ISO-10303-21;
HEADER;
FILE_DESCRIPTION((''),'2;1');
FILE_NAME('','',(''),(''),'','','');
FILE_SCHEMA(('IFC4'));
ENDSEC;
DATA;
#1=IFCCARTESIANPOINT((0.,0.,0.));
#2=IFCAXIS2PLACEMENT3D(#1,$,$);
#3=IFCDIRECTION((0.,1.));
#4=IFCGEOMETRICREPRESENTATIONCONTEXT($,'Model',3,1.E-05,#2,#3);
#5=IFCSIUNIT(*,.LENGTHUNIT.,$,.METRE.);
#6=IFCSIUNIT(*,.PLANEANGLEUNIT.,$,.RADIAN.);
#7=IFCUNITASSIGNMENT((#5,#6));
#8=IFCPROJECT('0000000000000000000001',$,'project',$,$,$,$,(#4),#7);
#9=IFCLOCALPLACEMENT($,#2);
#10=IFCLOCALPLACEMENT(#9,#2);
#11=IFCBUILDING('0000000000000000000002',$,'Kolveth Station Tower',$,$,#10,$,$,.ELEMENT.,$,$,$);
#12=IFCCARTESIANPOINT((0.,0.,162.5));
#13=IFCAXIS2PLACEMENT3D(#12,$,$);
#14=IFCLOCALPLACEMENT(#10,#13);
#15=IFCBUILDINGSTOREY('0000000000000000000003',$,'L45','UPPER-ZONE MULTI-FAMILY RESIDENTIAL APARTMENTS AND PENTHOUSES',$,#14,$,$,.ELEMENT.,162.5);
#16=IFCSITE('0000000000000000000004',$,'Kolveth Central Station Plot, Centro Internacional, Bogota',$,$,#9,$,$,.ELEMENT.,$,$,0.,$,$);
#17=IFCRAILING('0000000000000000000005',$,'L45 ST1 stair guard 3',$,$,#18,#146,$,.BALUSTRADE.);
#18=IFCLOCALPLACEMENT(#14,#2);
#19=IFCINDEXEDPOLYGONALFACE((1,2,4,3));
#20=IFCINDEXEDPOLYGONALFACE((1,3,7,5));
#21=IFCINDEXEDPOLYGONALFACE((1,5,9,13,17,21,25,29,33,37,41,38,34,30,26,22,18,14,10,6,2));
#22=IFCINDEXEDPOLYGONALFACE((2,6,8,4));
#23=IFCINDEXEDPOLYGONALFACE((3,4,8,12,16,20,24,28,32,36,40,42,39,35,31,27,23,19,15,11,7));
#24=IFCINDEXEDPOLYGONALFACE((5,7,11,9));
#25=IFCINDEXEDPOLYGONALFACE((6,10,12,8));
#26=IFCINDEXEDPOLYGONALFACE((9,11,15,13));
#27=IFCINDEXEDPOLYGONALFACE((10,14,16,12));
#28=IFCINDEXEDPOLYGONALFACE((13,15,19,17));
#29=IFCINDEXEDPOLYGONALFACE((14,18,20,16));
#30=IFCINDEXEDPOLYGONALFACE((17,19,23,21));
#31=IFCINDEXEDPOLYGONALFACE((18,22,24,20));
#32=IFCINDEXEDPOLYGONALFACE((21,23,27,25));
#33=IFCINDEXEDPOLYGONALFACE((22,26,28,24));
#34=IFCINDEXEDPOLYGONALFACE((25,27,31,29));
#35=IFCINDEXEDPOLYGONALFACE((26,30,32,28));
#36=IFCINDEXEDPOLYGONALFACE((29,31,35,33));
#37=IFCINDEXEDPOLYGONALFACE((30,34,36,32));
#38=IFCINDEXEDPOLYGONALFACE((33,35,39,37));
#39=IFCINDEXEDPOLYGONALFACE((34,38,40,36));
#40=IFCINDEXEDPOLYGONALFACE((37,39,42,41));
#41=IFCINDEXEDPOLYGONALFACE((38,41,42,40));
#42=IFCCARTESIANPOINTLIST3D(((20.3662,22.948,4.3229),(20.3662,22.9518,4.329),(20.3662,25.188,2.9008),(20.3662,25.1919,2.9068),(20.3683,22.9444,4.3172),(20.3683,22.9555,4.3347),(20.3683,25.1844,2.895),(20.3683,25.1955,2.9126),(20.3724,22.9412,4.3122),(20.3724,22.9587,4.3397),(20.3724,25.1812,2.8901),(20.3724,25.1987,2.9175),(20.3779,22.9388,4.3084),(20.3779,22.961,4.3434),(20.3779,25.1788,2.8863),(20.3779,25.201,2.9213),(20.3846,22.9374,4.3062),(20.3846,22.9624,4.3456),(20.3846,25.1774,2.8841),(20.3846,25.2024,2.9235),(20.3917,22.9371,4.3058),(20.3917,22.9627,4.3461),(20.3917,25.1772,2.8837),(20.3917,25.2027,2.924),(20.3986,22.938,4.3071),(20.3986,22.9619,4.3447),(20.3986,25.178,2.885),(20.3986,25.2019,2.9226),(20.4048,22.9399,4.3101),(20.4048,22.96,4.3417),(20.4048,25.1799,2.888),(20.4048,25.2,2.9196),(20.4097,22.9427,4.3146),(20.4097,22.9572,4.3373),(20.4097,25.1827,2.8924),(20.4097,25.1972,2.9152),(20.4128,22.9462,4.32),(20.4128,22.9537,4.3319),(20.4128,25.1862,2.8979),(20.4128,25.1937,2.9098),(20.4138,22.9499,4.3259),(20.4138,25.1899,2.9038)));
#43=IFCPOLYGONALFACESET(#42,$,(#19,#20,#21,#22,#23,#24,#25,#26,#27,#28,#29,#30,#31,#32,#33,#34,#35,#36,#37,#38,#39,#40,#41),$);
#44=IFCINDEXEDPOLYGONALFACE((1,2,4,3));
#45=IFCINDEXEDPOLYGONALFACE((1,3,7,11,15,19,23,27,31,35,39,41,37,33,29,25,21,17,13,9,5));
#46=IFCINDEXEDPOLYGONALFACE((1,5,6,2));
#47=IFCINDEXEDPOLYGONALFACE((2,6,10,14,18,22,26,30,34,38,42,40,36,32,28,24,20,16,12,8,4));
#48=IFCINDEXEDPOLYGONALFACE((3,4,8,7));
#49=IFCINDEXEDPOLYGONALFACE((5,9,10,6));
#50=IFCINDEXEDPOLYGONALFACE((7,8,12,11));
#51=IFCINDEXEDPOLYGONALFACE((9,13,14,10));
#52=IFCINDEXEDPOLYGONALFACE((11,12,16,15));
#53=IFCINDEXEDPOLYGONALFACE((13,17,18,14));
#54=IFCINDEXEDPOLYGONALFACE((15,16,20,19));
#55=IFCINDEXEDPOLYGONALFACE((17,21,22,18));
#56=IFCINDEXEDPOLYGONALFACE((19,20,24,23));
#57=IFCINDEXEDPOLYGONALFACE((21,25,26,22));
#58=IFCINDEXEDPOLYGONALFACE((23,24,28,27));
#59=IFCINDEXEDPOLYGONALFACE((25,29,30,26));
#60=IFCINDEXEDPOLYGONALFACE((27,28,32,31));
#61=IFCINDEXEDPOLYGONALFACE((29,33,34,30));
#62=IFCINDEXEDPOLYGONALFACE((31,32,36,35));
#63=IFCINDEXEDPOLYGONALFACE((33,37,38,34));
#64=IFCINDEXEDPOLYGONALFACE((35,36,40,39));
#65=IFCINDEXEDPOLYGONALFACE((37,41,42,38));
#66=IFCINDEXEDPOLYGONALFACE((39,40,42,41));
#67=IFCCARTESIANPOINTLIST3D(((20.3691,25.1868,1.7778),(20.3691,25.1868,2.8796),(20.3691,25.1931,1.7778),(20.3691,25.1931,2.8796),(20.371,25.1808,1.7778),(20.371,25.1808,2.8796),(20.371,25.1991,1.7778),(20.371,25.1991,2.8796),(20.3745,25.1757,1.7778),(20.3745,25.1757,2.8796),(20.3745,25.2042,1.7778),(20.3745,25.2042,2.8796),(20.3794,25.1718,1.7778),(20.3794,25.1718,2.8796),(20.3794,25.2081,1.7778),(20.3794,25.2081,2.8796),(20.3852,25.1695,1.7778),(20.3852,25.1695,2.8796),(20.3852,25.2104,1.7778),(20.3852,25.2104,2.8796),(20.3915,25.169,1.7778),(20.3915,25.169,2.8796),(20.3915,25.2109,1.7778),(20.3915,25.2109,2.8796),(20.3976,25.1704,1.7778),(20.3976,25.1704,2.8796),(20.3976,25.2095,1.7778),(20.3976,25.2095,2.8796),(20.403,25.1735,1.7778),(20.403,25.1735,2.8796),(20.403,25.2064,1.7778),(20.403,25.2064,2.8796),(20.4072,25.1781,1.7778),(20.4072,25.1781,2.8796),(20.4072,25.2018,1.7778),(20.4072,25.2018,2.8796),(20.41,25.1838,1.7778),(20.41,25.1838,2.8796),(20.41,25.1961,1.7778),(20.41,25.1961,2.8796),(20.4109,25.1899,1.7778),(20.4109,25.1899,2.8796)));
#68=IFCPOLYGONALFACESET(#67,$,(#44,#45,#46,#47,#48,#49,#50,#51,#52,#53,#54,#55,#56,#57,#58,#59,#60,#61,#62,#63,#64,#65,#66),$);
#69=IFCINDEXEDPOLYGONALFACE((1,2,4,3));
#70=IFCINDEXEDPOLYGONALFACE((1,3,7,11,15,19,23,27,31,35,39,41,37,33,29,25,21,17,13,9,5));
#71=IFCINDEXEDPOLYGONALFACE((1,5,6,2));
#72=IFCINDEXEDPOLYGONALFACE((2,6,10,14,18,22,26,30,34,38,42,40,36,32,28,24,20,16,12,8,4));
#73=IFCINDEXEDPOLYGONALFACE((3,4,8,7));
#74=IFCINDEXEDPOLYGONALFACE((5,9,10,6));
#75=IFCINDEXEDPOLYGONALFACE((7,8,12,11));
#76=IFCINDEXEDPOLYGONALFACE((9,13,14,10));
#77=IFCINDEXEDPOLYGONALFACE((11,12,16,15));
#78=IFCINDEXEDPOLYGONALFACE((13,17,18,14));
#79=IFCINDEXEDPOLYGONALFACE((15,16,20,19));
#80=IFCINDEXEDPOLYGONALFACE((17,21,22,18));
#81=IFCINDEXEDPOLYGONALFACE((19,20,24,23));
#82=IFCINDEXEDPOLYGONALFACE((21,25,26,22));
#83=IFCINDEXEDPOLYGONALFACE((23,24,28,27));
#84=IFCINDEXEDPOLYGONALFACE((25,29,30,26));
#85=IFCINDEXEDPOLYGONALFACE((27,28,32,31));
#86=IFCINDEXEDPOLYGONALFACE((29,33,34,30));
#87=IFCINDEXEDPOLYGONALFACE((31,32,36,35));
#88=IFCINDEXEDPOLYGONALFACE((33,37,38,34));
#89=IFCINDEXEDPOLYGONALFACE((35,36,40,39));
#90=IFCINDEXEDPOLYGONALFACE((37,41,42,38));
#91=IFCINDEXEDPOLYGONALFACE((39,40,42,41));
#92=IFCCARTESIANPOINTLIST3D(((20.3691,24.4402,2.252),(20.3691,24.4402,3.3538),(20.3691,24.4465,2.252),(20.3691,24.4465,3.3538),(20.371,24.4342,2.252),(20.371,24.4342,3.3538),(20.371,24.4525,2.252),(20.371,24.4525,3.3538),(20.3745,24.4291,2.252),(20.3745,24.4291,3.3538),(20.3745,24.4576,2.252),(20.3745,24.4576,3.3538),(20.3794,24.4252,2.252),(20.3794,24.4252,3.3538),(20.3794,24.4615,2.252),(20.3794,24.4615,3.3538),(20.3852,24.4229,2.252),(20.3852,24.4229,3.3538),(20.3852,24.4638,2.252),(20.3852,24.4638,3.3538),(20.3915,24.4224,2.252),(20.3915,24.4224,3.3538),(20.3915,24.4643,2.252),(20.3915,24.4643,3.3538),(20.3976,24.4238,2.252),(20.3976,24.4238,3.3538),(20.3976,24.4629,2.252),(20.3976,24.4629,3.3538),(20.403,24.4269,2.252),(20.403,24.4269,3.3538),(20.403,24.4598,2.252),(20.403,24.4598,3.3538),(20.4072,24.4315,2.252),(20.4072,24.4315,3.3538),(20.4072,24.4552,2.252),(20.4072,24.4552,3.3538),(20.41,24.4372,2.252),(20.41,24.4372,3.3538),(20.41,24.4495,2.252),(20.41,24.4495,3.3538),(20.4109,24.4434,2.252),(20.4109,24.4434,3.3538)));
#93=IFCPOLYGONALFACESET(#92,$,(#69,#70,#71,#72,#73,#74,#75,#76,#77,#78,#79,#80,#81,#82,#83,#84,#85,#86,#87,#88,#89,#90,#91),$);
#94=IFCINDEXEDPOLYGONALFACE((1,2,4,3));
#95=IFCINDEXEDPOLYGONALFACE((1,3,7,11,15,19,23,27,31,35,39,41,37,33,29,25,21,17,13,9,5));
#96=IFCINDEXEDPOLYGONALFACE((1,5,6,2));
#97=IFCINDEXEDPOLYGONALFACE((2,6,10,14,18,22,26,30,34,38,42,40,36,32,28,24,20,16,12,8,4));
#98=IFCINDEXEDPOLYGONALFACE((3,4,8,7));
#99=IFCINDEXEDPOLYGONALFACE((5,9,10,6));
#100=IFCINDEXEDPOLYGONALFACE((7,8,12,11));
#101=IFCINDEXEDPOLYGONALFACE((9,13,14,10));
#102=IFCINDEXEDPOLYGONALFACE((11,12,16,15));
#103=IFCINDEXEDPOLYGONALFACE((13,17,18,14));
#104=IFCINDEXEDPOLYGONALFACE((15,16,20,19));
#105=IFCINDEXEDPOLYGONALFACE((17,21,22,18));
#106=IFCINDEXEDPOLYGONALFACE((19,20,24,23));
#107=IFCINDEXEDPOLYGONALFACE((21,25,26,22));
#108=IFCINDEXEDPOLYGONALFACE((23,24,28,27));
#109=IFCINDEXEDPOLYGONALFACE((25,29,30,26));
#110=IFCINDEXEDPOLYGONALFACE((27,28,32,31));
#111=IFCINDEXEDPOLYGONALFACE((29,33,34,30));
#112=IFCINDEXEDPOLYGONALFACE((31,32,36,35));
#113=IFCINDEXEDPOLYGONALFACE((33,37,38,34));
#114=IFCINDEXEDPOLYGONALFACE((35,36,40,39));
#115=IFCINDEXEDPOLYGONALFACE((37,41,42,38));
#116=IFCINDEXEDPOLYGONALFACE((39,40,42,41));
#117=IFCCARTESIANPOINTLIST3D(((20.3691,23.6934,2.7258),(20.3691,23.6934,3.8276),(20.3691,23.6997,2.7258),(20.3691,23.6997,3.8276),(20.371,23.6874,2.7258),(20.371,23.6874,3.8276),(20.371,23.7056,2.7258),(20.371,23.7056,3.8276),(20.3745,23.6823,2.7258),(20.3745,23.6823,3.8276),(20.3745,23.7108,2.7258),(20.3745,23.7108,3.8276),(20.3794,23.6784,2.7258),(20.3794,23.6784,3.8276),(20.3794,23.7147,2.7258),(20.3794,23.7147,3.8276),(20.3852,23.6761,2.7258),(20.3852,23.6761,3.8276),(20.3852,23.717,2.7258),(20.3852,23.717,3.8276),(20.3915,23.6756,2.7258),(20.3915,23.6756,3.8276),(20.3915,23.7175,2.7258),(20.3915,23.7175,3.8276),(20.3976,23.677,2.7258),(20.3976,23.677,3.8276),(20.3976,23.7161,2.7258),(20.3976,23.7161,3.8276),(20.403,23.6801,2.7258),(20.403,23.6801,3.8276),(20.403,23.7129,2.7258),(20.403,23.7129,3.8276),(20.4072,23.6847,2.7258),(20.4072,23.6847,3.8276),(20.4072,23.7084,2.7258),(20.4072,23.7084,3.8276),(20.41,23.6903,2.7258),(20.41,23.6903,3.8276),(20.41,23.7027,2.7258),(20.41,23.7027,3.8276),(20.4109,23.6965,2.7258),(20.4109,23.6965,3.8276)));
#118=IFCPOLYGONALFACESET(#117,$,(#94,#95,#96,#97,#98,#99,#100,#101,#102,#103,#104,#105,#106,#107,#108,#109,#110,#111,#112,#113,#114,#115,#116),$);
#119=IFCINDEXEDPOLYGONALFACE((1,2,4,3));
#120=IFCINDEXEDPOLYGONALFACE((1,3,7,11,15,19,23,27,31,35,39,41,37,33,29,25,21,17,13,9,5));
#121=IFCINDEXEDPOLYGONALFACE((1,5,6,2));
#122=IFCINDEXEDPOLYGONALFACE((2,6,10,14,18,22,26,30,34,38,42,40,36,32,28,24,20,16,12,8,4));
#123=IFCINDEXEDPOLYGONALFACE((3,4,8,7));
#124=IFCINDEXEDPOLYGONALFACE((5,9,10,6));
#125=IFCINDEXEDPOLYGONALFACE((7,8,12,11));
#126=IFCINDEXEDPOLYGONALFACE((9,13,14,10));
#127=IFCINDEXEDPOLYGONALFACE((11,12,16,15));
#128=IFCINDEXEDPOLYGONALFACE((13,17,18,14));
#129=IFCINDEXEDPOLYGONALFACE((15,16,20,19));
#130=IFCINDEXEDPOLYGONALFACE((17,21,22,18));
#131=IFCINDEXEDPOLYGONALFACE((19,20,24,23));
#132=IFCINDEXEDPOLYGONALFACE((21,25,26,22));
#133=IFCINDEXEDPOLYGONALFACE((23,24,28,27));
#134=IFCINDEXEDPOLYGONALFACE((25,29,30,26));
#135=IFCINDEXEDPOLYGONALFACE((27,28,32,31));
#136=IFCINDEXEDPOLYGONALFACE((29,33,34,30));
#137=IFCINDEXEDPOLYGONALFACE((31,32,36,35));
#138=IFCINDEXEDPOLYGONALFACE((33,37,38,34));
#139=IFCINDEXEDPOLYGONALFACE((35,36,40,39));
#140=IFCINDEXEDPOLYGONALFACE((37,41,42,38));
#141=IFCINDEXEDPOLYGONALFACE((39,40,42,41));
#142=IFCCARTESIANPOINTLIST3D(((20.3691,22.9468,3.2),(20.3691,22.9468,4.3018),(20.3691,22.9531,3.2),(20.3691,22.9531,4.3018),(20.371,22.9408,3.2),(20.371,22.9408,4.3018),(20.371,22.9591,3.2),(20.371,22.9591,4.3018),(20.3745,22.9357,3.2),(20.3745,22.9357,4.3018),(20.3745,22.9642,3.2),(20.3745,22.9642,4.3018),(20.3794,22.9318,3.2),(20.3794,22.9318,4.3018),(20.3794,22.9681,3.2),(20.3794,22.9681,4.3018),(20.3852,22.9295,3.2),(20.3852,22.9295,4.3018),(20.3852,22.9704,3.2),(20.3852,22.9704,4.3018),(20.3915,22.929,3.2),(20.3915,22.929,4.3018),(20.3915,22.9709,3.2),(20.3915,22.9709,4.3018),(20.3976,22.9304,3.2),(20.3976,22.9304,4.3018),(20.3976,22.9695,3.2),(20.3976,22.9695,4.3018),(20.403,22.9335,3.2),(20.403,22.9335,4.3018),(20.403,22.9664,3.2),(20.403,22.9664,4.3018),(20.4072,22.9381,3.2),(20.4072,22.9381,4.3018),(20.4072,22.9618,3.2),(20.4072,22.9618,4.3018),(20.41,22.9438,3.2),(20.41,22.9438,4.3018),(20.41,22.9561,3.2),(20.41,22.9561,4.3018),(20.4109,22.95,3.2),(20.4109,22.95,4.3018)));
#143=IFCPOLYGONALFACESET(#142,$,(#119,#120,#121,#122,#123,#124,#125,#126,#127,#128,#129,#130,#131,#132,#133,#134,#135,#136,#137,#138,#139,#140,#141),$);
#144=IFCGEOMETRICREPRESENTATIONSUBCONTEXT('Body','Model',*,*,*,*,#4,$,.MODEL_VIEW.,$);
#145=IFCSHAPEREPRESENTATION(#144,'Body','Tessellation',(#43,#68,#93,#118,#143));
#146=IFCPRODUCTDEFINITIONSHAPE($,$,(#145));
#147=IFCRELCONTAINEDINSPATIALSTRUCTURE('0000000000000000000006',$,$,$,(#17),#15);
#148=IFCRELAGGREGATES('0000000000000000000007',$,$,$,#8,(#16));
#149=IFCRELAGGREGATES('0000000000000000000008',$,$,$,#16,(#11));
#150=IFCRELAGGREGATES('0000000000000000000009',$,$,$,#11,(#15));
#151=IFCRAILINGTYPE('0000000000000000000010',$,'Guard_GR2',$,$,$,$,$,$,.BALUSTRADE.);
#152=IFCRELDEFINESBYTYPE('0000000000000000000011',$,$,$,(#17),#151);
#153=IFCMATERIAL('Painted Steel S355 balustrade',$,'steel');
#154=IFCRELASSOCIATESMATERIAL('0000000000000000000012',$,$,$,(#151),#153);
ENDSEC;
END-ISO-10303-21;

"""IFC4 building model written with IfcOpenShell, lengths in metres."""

from ifc_helpers import new_model, si_unit, direction, frame, origin, origin_2d, place, context, subcontext, project, spatial, circle, extrude, material, type_object, element, save


model = new_model("IFC4")

# Units and contexts
model_context = context("Model", 3, precision=1e-05, world=origin(), true_north=direction((0.0, 1.0)))
body_context = subcontext(model_context, "Body", "Model", "MODEL_VIEW")
ifc_project = project(units=[si_unit("LENGTHUNIT", "METRE"), si_unit("PLANEANGLEUNIT", "RADIAN")], contexts=[model_context])

# Site, building, storey
site_placement = place(None, origin())
site = spatial("IfcSite", under=ifc_project, at=site_placement, Name="Kolveth Central Station Plot, Centro Internacional, Bogota", CompositionType="ELEMENT", RefElevation=0.0)
building_placement = place(site_placement, origin())
building = spatial("IfcBuilding", under=site, at=building_placement, Name="Kolveth Station Tower", CompositionType="ELEMENT")
storey_placement = place(building_placement, frame((0.0, 0.0, 162.5)))
storey = spatial("IfcBuildingStorey", under=building, at=storey_placement, Name="L45", Description="UPPER-ZONE MULTI-FAMILY RESIDENTIAL APARTMENTS AND PENTHOUSES", CompositionType="ELEMENT", Elevation=162.5)

# Railing
ifc_material_1 = material(Name="Painted Steel S355 balustrade", Category="steel")
railing_type_1 = type_object("IfcRailingType", Name="Guard_GR2", PredefinedType="BALUSTRADE", material=ifc_material_1)
railing_1_placement = place(storey_placement, frame((20.3899, 25.1899, 1.7778)))
element("IfcRailing", 1, at=railing_1_placement, inside=storey, type_object=railing_type_1, Name="L45 ST1 stair guard 3", PredefinedType="BALUSTRADE", context=body_context, shape_type="SweptSolid", body=[
    extrude(circle(Radius=0.0239, at=origin_2d()), frame((0.0, 0.0, 1.126), z_axis=(0.0, -0.844229, 0.535982), x_axis=(1.0, 0.0, 0.0)), (0.0, 0.0, 1.0), 2.6533),
    extrude(circle(Radius=0.021, at=origin_2d()), origin(), (0.0, 0.0, 1.0), 1.1018),
    extrude(circle(Radius=0.021, at=origin_2d()), frame((0.0, -0.7466, 0.4741)), (0.0, 0.0, 1.0), 1.1018),
    extrude(circle(Radius=0.021, at=origin_2d()), frame((0.0, -1.4934, 0.948)), (0.0, 0.0, 1.0), 1.1018),
    extrude(circle(Radius=0.021, at=origin_2d()), frame((0.0, -2.24, 1.4221)), (0.0, 0.0, 1.0), 1.1018),
])

save(model, "model.ifc")
